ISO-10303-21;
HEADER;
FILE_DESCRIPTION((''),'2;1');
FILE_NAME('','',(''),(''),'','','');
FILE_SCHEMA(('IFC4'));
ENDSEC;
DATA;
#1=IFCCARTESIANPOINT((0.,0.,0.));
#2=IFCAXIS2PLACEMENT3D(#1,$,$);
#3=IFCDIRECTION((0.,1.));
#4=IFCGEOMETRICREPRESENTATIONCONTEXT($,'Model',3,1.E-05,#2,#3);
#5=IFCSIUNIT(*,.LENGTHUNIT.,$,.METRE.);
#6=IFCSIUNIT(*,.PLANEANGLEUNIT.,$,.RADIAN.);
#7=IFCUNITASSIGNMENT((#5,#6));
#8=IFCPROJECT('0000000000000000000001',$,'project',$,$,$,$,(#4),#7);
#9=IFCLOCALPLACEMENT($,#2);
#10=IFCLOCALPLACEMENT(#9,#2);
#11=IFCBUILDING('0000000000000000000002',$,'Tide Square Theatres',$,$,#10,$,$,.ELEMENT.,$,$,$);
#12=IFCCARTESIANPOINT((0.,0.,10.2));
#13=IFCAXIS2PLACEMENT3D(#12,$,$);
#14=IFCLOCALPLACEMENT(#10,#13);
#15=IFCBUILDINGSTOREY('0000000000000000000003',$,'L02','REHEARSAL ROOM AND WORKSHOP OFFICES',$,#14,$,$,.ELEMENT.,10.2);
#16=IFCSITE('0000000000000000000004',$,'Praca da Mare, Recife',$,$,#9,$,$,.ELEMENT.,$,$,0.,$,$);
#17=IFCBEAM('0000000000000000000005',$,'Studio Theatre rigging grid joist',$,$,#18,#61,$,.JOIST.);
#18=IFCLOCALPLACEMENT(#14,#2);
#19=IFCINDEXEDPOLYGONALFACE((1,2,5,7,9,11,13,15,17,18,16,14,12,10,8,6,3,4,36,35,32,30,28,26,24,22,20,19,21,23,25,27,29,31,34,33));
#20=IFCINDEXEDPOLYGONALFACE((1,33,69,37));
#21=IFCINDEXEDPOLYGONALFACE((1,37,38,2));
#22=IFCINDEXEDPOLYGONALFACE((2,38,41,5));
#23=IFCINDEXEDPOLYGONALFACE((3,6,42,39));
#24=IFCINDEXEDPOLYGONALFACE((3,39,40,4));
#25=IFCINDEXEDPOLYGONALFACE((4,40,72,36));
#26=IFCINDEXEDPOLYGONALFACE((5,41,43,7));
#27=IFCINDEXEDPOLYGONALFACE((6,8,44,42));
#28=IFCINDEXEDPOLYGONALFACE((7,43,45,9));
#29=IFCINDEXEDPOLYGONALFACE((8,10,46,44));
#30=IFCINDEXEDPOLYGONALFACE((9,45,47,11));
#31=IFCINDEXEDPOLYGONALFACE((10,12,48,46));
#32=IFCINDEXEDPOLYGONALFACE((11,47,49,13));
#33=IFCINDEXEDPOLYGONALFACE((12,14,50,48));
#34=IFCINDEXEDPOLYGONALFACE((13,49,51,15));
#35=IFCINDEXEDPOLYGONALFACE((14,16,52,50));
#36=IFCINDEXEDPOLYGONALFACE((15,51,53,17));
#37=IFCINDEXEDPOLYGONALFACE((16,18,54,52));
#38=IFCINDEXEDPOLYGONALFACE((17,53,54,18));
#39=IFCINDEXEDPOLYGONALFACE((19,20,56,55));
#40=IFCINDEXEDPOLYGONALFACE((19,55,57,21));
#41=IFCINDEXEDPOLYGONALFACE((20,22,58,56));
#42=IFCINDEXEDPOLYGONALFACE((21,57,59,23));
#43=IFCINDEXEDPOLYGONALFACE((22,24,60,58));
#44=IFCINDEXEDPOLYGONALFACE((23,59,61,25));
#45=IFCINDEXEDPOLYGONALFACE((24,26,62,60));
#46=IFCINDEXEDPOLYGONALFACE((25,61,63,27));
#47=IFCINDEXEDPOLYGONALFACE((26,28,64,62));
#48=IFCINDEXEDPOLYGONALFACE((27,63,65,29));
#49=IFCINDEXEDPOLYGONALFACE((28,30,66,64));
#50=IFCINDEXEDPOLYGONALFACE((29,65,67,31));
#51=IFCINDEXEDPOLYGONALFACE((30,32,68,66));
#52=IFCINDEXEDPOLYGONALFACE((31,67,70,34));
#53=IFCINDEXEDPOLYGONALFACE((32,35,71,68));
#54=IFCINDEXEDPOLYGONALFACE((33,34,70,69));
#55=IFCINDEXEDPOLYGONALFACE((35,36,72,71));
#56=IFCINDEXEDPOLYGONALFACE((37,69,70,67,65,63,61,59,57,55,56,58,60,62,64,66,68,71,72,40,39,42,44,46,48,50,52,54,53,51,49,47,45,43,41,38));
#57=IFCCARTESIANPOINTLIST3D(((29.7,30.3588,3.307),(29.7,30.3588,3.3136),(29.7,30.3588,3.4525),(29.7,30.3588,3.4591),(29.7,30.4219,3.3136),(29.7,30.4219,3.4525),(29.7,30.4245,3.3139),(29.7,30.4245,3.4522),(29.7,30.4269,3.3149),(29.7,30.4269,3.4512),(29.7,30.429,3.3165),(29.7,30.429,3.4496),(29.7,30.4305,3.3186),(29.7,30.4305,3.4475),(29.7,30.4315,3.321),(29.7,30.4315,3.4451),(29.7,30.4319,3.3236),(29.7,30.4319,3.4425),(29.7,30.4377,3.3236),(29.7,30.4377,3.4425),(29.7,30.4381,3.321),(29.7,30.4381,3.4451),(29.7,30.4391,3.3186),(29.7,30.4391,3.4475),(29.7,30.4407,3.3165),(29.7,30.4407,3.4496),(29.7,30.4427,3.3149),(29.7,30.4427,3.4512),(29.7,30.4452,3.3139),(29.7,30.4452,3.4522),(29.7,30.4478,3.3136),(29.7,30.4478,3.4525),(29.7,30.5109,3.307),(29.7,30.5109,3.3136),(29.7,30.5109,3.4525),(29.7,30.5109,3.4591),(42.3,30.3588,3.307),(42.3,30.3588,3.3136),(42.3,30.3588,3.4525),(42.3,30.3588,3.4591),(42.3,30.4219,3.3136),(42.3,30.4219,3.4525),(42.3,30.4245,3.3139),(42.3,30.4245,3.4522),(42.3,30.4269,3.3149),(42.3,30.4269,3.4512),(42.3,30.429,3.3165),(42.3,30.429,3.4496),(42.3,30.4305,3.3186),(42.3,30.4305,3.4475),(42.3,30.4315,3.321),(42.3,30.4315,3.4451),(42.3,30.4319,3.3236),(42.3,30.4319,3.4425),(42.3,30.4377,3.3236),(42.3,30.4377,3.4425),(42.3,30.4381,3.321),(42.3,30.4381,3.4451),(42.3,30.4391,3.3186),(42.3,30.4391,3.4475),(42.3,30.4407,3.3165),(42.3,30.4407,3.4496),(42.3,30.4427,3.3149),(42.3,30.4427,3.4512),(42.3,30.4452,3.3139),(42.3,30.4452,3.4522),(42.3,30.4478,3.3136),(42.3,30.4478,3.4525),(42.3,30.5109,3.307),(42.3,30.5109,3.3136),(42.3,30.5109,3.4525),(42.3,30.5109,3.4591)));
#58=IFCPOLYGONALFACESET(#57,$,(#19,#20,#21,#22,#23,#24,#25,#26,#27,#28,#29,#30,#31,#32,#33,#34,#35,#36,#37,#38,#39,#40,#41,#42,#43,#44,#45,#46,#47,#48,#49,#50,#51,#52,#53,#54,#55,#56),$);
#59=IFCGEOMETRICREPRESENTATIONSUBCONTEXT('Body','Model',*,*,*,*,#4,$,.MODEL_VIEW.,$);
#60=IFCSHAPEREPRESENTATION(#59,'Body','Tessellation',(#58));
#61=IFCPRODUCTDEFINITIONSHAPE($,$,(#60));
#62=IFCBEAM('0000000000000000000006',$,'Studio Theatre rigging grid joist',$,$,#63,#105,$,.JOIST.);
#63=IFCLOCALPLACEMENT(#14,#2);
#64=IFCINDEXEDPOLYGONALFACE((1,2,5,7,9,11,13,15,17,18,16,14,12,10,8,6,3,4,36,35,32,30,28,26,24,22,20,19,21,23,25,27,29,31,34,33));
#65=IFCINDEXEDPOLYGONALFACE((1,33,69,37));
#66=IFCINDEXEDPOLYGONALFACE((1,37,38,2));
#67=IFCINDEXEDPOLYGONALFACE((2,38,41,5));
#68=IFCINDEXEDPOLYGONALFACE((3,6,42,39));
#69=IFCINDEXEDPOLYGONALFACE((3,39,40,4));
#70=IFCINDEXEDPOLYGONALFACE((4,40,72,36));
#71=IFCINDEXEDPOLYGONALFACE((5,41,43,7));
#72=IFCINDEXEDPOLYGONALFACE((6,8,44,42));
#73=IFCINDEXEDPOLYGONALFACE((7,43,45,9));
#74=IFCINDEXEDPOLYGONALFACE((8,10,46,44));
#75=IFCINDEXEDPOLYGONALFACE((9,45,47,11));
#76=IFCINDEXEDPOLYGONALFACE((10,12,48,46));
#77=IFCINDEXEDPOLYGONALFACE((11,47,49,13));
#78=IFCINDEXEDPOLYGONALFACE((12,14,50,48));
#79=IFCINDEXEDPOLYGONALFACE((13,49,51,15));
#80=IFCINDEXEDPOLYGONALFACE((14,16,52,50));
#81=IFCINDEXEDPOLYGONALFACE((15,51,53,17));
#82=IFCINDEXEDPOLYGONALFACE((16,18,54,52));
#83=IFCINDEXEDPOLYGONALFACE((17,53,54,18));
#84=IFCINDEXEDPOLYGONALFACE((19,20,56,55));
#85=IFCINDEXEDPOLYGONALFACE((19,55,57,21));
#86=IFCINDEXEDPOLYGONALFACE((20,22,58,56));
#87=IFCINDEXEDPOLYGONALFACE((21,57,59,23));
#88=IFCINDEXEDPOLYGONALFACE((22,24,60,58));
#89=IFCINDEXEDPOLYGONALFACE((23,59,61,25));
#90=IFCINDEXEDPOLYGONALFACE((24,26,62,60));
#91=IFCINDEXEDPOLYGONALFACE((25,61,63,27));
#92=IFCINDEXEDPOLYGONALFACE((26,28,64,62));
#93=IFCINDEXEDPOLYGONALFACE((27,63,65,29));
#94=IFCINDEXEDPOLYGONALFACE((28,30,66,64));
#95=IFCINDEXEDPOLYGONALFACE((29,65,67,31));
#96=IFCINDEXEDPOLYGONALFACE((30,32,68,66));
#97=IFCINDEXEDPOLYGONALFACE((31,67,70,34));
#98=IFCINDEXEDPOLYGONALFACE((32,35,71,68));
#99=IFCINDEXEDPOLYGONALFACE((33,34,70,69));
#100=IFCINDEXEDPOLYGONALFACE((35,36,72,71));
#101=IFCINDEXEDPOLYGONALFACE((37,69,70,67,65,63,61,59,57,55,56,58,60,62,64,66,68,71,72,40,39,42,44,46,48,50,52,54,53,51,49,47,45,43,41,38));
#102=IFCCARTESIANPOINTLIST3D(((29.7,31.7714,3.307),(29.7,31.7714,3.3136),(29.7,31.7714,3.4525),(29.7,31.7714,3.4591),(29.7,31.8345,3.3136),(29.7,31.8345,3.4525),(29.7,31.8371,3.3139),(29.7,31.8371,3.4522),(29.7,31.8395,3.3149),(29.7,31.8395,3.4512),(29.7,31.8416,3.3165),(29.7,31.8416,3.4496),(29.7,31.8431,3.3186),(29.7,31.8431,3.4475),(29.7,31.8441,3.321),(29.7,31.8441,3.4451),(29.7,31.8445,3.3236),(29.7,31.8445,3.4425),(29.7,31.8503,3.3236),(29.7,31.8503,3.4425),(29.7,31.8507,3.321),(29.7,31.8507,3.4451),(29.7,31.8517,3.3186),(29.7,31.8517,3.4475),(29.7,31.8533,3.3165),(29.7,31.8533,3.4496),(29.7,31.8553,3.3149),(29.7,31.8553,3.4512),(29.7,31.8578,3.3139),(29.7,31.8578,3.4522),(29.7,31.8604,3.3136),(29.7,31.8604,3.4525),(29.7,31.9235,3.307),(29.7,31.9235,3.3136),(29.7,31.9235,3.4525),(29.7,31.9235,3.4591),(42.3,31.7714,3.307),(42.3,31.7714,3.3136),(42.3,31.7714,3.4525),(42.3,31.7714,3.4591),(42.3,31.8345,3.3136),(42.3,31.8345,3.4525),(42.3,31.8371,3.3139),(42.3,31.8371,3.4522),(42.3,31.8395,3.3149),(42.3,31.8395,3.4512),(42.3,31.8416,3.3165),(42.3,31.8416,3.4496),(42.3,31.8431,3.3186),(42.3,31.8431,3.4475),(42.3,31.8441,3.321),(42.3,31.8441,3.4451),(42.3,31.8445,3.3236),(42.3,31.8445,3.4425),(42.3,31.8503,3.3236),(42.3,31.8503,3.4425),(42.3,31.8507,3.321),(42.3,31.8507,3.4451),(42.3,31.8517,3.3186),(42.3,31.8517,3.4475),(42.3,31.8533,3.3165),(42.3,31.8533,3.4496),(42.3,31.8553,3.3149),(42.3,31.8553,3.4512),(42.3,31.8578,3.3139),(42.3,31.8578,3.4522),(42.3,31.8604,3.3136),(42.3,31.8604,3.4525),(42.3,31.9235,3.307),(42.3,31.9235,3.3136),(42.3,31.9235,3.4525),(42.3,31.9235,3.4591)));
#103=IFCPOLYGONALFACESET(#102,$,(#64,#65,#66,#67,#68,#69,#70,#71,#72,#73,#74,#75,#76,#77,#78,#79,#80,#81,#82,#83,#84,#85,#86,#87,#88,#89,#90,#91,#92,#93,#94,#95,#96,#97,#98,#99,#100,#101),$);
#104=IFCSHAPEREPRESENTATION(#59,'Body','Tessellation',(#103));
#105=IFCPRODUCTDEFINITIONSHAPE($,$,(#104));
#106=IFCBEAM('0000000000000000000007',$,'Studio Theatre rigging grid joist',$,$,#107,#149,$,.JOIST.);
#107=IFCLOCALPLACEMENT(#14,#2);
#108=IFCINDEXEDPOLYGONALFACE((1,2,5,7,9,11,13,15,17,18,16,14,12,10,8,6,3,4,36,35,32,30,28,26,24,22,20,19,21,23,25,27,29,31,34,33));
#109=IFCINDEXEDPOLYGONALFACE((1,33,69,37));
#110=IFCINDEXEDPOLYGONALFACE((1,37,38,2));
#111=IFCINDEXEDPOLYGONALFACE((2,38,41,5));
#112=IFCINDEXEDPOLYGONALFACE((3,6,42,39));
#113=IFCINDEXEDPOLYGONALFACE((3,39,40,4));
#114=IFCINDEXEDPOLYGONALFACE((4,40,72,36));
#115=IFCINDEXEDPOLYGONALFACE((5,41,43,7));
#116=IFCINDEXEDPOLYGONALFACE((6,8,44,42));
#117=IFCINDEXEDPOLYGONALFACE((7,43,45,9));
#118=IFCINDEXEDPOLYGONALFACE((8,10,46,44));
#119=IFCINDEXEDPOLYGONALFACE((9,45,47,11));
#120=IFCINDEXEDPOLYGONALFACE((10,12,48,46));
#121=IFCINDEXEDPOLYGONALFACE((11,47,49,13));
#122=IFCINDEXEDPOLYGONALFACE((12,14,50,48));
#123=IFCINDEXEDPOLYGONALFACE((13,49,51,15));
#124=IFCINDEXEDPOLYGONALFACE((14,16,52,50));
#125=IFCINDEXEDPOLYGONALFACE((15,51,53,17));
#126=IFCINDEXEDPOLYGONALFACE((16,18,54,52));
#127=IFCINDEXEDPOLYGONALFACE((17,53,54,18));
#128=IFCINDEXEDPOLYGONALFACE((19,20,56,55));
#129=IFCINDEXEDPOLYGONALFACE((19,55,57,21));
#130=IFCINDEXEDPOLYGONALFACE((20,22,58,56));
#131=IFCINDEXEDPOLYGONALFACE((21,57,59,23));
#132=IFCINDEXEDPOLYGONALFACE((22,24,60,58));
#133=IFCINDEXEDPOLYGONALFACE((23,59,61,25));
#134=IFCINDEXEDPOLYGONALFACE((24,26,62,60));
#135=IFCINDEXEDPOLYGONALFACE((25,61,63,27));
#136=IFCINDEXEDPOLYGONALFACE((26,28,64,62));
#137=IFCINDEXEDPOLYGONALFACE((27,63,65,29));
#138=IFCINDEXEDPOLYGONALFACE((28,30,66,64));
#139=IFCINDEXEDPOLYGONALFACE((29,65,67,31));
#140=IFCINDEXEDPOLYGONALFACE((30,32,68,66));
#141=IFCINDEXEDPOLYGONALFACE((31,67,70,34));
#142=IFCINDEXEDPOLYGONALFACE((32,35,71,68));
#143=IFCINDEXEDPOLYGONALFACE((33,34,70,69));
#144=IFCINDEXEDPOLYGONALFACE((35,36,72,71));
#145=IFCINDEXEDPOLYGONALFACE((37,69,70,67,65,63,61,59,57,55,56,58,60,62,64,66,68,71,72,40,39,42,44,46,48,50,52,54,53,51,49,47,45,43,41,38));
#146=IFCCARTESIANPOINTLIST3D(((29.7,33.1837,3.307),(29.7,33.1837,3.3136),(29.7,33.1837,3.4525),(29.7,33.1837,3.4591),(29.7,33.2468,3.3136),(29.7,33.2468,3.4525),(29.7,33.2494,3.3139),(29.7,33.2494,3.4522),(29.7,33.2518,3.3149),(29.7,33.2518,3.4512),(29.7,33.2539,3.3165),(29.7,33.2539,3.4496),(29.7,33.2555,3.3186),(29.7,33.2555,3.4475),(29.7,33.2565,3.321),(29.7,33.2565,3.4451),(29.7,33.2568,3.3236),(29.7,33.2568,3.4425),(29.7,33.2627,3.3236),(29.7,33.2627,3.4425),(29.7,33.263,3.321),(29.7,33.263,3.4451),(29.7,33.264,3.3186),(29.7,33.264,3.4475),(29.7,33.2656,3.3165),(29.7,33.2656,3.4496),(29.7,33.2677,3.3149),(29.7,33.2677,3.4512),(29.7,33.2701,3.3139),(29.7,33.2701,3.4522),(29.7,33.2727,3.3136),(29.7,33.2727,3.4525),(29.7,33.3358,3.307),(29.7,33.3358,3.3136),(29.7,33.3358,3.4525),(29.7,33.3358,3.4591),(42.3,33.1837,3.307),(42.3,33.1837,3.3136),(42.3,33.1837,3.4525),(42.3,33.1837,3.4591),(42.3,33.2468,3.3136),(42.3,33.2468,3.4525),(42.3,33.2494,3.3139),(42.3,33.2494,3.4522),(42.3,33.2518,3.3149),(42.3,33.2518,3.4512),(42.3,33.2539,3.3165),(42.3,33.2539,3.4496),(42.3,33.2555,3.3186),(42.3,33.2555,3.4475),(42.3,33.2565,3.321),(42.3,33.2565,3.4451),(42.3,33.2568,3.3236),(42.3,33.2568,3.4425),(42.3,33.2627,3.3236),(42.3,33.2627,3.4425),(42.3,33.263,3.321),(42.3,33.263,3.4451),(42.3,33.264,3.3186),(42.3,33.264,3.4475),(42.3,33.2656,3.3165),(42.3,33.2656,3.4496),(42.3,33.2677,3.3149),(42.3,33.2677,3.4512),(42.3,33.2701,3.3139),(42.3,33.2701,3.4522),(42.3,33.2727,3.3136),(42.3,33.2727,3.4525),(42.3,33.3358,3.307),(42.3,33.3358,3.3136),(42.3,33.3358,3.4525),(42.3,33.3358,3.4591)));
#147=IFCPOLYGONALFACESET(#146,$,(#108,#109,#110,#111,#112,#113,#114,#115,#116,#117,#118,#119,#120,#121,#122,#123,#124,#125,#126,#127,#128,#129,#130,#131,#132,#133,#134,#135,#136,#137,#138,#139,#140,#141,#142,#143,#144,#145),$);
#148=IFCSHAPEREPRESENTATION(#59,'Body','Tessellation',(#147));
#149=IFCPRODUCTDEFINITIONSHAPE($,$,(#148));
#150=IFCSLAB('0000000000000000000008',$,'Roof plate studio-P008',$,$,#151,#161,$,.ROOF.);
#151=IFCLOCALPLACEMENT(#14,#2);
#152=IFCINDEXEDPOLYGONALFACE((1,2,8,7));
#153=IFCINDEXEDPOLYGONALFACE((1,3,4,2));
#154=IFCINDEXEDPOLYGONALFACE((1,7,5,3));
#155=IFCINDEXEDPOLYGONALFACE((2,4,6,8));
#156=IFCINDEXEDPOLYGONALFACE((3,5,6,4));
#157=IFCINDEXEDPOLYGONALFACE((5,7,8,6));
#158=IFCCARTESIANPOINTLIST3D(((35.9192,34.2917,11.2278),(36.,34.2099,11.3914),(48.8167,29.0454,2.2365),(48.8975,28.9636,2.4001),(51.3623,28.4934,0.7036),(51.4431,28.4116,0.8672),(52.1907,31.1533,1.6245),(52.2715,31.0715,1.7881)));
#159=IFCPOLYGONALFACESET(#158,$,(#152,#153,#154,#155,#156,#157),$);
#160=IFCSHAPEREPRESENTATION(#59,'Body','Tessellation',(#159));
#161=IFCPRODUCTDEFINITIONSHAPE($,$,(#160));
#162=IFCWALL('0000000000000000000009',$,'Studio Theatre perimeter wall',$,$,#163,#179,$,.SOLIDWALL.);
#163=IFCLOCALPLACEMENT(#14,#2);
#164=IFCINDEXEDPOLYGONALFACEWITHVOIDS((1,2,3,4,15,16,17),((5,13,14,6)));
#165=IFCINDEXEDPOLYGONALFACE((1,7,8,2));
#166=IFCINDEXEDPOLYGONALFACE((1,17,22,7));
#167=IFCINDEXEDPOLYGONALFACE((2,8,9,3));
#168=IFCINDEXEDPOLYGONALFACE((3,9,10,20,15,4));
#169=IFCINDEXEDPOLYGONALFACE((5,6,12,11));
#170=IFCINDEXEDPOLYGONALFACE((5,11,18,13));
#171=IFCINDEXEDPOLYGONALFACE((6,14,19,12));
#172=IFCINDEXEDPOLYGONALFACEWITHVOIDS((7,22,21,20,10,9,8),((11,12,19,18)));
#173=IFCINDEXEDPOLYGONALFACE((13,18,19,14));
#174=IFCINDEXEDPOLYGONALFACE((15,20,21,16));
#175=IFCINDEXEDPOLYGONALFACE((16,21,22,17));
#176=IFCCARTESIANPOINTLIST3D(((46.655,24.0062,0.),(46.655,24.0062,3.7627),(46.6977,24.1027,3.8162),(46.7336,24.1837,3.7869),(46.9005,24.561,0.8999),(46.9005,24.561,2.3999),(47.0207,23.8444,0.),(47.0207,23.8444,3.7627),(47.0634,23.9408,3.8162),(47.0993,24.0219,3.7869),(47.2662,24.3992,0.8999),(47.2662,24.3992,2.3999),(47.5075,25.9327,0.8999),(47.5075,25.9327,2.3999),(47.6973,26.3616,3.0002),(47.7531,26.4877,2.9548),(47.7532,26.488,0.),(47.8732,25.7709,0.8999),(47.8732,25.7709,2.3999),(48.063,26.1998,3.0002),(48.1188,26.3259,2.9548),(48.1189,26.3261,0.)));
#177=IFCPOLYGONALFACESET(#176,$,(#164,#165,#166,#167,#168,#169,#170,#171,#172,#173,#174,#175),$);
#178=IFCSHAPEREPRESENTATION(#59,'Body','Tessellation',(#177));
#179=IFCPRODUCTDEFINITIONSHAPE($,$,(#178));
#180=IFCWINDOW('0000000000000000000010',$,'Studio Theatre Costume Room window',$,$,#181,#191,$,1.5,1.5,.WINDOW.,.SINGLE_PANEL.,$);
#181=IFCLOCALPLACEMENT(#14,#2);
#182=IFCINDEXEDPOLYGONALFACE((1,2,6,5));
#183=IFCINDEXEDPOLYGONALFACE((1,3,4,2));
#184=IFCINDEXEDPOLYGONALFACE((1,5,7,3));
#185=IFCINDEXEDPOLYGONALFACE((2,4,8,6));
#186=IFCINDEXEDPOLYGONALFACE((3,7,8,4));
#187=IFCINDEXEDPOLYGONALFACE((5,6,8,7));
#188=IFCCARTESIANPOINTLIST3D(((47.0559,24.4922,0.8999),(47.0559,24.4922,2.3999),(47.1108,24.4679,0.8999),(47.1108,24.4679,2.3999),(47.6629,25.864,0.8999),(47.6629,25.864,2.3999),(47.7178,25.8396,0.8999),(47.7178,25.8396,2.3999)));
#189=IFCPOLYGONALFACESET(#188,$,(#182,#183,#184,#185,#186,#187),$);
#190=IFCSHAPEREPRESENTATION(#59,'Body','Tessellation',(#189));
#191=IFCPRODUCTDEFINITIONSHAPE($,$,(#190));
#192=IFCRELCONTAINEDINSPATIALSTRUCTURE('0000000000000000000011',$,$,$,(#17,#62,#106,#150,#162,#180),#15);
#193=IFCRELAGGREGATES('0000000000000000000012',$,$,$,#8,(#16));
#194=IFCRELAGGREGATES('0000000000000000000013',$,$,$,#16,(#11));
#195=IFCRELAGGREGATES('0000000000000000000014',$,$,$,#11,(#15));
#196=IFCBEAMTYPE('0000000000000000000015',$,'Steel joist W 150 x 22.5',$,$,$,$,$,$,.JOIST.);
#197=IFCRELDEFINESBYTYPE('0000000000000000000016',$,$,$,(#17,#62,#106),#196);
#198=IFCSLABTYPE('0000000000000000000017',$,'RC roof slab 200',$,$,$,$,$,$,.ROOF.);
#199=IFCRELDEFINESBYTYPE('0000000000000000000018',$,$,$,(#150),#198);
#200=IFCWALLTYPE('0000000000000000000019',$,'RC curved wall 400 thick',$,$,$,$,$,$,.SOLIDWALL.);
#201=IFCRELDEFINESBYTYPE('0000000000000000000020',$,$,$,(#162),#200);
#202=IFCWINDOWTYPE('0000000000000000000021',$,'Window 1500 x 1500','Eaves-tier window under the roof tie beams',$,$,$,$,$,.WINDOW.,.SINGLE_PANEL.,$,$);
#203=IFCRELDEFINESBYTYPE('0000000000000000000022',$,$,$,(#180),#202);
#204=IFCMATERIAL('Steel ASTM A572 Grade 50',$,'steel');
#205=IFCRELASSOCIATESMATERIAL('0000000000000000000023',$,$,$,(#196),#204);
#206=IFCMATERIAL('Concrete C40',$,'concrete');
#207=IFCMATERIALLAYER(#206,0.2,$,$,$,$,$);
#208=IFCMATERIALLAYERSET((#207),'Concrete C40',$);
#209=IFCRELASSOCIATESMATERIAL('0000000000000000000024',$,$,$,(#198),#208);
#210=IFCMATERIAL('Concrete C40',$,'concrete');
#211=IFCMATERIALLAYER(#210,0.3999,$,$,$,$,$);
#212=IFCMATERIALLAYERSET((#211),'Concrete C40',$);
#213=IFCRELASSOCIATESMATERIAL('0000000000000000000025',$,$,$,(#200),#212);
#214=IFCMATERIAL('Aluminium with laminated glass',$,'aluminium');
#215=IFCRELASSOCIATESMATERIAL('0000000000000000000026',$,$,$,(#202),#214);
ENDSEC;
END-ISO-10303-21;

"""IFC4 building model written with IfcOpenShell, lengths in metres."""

from ifc_helpers import new_model, si_unit, direction, frame, frame_2d, origin, origin_2d, place, context, subcontext, project, spatial, polyline, rectangle, i_section, outline, extrude, material, layer, layer_set, material_profile, profile_set, type_object, element, fill, save


model = new_model("IFC4")

# Units and contexts
model_context = context("Model", 3, precision=1e-05, world=origin(), true_north=direction((0.0, 1.0)))
body_context = subcontext(model_context, "Body", "Model", "MODEL_VIEW")
ifc_project = project(units=[si_unit("LENGTHUNIT", "METRE"), si_unit("PLANEANGLEUNIT", "RADIAN")], contexts=[model_context])

# Site, building, storey
site_placement = place(None, origin())
site = spatial("IfcSite", under=ifc_project, at=site_placement, Name="Praca da Mare, Recife", CompositionType="ELEMENT", RefElevation=0.0)
building_placement = place(site_placement, origin())
building = spatial("IfcBuilding", under=site, at=building_placement, Name="Tide Square Theatres", CompositionType="ELEMENT")
storey_placement = place(building_placement, frame((0.0, 0.0, 10.2)))
storey = spatial("IfcBuildingStorey", under=building, at=storey_placement, Name="L02", Description="REHEARSAL ROOM AND WORKSHOP OFFICES", CompositionType="ELEMENT", Elevation=10.2)

# Beams
ifc_material_1 = material(Name="Steel ASTM A572 Grade 50", Category="steel")
ifc_material_profile_1 = material_profile(ifc_material_1, i_section(OverallWidth=0.1521, OverallDepth=0.1521, WebThickness=0.0059, FlangeThickness=0.0066, FilletRadius=0.01, at=origin_2d()))
ifc_profile_set_1 = profile_set([ifc_material_profile_1], Name="Steel ASTM A572 Grade 50")
beam_type_1 = type_object("IfcBeamType", Name="Steel joist W 150 x 22.5", PredefinedType="JOIST", material=ifc_profile_set_1)
for number, where, z_axis, x_axis, name in (
    (1, (42.3, 30.4348, 3.3831), (-1.0, 0.0, 0.0), (0.0, -1.0, 0.0), "Studio Theatre rigging grid joist"),
    (2, (42.3, 31.8474, 3.3831), (-1.0, 0.0, 0.0), (0.0, -1.0, 0.0), "Studio Theatre rigging grid joist"),
    (3, (42.3, 33.2598, 3.3831), (-1.0, 0.0, 0.0), (0.0, -1.0, 0.0), "Studio Theatre rigging grid joist"),
):
    element("IfcBeam", number, at=place(storey_placement, frame(where, z_axis=z_axis, x_axis=x_axis)), inside=storey, type_object=beam_type_1, Name=name, PredefinedType="JOIST", context=body_context, shape_type="SweptSolid", body=[
        extrude(i_section(OverallWidth=0.1521, OverallDepth=0.1521, WebThickness=0.0059, FlangeThickness=0.0066, FilletRadius=0.01, at=origin_2d()), origin(), (0.0, 0.0, 1.0), 12.6001),
    ])

# Slab
ifc_material_2 = material(Name="Concrete C40", Category="concrete")
ifc_layer_1 = layer(ifc_material_2, 0.2)
ifc_layer_set_1 = layer_set([ifc_layer_1], Name="Concrete C40")
slab_type = type_object("IfcSlabType", Name="RC roof slab 200", PredefinedType="ROOF", material=ifc_layer_set_1)
slab_placement = place(storey_placement, frame((52.2715, 31.0715, 1.7881), z_axis=(0.403992, -0.409075, 0.818198), x_axis=(-0.849556, 0.163861, 0.501402)))
element("IfcSlab", 4, at=slab_placement, inside=storey, type_object=slab_type, Name="Roof plate studio-P008", PredefinedType="ROOF", context=body_context, shape_type="SweptSolid", body=[
    extrude(outline(polyline([(0.0, 0.0), (19.1529, 0.0), (2.8279, 2.8644), (-0.1938, 2.9278), (0.0, 0.0)])), origin(), (0.0, 0.0, -1.0), 0.2),
])

# Wall, opening, window
ifc_material_3 = material(Name="Concrete C40", Category="concrete")
ifc_layer_2 = layer(ifc_material_3, 0.3999)
ifc_layer_set_2 = layer_set([ifc_layer_2], Name="Concrete C40")
wall_type = type_object("IfcWallType", Name="RC curved wall 400 thick", PredefinedType="SOLIDWALL", material=ifc_layer_set_2)
wall_1_placement = place(storey_placement, frame((46.8379, 23.9253, 0.0), z_axis=(0.0, 0.0, 1.0), x_axis=(0.404652, 0.914471, 0.0)))
wall_1 = element("IfcWall", 5, at=wall_1_placement, inside=storey, type_object=wall_type, Name="Studio Theatre perimeter wall", PredefinedType="SOLIDWALL", context=body_context, shape_type="SweptSolid", body=[
    extrude(outline(polyline([(0.0, 0.0), (2.7139, 0.0), (2.7136, 2.9548), (2.5757, 3.0002), (0.1941, 3.7869), (0.1055, 3.8162), (0.0, 3.7627), (0.0, 0.0)])), frame((0.0, 0.2, 0.0), z_axis=(0.0, -1.0, 0.0), x_axis=(1.0, 0.0, 0.0)), (0.0, 0.0, 1.0), 0.3999),
])
opening_1_placement = place(wall_1_placement, frame((0.6067, 0.0, 0.8999)))
opening_1 = element("IfcOpeningElement", 6, at=opening_1_placement, cuts=wall_1, PredefinedType="OPENING", context=body_context, shape_type="SweptSolid", body=[
    extrude(rectangle(XDim=1.5, YDim=1.5, at=frame_2d((0.75, 0.75))), frame((0.0, 0.21, 0.0), z_axis=(0.0, -1.0, 0.0), x_axis=(1.0, 0.0, 0.0)), (0.0, 0.0, 1.0), 0.4199),
])
ifc_material_4 = material(Name="Aluminium with laminated glass", Category="aluminium")
window_type = type_object("IfcWindowType", Name="Window 1500 x 1500", Description="Eaves-tier window under the roof tie beams", PartitioningType="SINGLE_PANEL", PredefinedType="WINDOW", material=ifc_material_4)
window_1_placement = place(opening_1_placement, origin())
window_1 = element("IfcWindow", 7, at=window_1_placement, inside=storey, type_object=window_type, Name="Studio Theatre Costume Room window", OverallHeight=1.5, OverallWidth=1.5, PartitioningType="SINGLE_PANEL", PredefinedType="WINDOW", context=body_context, shape_type="SweptSolid", body=[
    extrude(rectangle(XDim=1.5, YDim=1.5, at=frame_2d((0.75, 0.75))), frame((0.0, 0.03, 0.0), z_axis=(0.0, -1.0, 0.0), x_axis=(1.0, 0.0, 0.0)), (0.0, 0.0, 1.0), 0.0601),
])
fill(opening_1, window_1)

save(model, "model.ifc")
